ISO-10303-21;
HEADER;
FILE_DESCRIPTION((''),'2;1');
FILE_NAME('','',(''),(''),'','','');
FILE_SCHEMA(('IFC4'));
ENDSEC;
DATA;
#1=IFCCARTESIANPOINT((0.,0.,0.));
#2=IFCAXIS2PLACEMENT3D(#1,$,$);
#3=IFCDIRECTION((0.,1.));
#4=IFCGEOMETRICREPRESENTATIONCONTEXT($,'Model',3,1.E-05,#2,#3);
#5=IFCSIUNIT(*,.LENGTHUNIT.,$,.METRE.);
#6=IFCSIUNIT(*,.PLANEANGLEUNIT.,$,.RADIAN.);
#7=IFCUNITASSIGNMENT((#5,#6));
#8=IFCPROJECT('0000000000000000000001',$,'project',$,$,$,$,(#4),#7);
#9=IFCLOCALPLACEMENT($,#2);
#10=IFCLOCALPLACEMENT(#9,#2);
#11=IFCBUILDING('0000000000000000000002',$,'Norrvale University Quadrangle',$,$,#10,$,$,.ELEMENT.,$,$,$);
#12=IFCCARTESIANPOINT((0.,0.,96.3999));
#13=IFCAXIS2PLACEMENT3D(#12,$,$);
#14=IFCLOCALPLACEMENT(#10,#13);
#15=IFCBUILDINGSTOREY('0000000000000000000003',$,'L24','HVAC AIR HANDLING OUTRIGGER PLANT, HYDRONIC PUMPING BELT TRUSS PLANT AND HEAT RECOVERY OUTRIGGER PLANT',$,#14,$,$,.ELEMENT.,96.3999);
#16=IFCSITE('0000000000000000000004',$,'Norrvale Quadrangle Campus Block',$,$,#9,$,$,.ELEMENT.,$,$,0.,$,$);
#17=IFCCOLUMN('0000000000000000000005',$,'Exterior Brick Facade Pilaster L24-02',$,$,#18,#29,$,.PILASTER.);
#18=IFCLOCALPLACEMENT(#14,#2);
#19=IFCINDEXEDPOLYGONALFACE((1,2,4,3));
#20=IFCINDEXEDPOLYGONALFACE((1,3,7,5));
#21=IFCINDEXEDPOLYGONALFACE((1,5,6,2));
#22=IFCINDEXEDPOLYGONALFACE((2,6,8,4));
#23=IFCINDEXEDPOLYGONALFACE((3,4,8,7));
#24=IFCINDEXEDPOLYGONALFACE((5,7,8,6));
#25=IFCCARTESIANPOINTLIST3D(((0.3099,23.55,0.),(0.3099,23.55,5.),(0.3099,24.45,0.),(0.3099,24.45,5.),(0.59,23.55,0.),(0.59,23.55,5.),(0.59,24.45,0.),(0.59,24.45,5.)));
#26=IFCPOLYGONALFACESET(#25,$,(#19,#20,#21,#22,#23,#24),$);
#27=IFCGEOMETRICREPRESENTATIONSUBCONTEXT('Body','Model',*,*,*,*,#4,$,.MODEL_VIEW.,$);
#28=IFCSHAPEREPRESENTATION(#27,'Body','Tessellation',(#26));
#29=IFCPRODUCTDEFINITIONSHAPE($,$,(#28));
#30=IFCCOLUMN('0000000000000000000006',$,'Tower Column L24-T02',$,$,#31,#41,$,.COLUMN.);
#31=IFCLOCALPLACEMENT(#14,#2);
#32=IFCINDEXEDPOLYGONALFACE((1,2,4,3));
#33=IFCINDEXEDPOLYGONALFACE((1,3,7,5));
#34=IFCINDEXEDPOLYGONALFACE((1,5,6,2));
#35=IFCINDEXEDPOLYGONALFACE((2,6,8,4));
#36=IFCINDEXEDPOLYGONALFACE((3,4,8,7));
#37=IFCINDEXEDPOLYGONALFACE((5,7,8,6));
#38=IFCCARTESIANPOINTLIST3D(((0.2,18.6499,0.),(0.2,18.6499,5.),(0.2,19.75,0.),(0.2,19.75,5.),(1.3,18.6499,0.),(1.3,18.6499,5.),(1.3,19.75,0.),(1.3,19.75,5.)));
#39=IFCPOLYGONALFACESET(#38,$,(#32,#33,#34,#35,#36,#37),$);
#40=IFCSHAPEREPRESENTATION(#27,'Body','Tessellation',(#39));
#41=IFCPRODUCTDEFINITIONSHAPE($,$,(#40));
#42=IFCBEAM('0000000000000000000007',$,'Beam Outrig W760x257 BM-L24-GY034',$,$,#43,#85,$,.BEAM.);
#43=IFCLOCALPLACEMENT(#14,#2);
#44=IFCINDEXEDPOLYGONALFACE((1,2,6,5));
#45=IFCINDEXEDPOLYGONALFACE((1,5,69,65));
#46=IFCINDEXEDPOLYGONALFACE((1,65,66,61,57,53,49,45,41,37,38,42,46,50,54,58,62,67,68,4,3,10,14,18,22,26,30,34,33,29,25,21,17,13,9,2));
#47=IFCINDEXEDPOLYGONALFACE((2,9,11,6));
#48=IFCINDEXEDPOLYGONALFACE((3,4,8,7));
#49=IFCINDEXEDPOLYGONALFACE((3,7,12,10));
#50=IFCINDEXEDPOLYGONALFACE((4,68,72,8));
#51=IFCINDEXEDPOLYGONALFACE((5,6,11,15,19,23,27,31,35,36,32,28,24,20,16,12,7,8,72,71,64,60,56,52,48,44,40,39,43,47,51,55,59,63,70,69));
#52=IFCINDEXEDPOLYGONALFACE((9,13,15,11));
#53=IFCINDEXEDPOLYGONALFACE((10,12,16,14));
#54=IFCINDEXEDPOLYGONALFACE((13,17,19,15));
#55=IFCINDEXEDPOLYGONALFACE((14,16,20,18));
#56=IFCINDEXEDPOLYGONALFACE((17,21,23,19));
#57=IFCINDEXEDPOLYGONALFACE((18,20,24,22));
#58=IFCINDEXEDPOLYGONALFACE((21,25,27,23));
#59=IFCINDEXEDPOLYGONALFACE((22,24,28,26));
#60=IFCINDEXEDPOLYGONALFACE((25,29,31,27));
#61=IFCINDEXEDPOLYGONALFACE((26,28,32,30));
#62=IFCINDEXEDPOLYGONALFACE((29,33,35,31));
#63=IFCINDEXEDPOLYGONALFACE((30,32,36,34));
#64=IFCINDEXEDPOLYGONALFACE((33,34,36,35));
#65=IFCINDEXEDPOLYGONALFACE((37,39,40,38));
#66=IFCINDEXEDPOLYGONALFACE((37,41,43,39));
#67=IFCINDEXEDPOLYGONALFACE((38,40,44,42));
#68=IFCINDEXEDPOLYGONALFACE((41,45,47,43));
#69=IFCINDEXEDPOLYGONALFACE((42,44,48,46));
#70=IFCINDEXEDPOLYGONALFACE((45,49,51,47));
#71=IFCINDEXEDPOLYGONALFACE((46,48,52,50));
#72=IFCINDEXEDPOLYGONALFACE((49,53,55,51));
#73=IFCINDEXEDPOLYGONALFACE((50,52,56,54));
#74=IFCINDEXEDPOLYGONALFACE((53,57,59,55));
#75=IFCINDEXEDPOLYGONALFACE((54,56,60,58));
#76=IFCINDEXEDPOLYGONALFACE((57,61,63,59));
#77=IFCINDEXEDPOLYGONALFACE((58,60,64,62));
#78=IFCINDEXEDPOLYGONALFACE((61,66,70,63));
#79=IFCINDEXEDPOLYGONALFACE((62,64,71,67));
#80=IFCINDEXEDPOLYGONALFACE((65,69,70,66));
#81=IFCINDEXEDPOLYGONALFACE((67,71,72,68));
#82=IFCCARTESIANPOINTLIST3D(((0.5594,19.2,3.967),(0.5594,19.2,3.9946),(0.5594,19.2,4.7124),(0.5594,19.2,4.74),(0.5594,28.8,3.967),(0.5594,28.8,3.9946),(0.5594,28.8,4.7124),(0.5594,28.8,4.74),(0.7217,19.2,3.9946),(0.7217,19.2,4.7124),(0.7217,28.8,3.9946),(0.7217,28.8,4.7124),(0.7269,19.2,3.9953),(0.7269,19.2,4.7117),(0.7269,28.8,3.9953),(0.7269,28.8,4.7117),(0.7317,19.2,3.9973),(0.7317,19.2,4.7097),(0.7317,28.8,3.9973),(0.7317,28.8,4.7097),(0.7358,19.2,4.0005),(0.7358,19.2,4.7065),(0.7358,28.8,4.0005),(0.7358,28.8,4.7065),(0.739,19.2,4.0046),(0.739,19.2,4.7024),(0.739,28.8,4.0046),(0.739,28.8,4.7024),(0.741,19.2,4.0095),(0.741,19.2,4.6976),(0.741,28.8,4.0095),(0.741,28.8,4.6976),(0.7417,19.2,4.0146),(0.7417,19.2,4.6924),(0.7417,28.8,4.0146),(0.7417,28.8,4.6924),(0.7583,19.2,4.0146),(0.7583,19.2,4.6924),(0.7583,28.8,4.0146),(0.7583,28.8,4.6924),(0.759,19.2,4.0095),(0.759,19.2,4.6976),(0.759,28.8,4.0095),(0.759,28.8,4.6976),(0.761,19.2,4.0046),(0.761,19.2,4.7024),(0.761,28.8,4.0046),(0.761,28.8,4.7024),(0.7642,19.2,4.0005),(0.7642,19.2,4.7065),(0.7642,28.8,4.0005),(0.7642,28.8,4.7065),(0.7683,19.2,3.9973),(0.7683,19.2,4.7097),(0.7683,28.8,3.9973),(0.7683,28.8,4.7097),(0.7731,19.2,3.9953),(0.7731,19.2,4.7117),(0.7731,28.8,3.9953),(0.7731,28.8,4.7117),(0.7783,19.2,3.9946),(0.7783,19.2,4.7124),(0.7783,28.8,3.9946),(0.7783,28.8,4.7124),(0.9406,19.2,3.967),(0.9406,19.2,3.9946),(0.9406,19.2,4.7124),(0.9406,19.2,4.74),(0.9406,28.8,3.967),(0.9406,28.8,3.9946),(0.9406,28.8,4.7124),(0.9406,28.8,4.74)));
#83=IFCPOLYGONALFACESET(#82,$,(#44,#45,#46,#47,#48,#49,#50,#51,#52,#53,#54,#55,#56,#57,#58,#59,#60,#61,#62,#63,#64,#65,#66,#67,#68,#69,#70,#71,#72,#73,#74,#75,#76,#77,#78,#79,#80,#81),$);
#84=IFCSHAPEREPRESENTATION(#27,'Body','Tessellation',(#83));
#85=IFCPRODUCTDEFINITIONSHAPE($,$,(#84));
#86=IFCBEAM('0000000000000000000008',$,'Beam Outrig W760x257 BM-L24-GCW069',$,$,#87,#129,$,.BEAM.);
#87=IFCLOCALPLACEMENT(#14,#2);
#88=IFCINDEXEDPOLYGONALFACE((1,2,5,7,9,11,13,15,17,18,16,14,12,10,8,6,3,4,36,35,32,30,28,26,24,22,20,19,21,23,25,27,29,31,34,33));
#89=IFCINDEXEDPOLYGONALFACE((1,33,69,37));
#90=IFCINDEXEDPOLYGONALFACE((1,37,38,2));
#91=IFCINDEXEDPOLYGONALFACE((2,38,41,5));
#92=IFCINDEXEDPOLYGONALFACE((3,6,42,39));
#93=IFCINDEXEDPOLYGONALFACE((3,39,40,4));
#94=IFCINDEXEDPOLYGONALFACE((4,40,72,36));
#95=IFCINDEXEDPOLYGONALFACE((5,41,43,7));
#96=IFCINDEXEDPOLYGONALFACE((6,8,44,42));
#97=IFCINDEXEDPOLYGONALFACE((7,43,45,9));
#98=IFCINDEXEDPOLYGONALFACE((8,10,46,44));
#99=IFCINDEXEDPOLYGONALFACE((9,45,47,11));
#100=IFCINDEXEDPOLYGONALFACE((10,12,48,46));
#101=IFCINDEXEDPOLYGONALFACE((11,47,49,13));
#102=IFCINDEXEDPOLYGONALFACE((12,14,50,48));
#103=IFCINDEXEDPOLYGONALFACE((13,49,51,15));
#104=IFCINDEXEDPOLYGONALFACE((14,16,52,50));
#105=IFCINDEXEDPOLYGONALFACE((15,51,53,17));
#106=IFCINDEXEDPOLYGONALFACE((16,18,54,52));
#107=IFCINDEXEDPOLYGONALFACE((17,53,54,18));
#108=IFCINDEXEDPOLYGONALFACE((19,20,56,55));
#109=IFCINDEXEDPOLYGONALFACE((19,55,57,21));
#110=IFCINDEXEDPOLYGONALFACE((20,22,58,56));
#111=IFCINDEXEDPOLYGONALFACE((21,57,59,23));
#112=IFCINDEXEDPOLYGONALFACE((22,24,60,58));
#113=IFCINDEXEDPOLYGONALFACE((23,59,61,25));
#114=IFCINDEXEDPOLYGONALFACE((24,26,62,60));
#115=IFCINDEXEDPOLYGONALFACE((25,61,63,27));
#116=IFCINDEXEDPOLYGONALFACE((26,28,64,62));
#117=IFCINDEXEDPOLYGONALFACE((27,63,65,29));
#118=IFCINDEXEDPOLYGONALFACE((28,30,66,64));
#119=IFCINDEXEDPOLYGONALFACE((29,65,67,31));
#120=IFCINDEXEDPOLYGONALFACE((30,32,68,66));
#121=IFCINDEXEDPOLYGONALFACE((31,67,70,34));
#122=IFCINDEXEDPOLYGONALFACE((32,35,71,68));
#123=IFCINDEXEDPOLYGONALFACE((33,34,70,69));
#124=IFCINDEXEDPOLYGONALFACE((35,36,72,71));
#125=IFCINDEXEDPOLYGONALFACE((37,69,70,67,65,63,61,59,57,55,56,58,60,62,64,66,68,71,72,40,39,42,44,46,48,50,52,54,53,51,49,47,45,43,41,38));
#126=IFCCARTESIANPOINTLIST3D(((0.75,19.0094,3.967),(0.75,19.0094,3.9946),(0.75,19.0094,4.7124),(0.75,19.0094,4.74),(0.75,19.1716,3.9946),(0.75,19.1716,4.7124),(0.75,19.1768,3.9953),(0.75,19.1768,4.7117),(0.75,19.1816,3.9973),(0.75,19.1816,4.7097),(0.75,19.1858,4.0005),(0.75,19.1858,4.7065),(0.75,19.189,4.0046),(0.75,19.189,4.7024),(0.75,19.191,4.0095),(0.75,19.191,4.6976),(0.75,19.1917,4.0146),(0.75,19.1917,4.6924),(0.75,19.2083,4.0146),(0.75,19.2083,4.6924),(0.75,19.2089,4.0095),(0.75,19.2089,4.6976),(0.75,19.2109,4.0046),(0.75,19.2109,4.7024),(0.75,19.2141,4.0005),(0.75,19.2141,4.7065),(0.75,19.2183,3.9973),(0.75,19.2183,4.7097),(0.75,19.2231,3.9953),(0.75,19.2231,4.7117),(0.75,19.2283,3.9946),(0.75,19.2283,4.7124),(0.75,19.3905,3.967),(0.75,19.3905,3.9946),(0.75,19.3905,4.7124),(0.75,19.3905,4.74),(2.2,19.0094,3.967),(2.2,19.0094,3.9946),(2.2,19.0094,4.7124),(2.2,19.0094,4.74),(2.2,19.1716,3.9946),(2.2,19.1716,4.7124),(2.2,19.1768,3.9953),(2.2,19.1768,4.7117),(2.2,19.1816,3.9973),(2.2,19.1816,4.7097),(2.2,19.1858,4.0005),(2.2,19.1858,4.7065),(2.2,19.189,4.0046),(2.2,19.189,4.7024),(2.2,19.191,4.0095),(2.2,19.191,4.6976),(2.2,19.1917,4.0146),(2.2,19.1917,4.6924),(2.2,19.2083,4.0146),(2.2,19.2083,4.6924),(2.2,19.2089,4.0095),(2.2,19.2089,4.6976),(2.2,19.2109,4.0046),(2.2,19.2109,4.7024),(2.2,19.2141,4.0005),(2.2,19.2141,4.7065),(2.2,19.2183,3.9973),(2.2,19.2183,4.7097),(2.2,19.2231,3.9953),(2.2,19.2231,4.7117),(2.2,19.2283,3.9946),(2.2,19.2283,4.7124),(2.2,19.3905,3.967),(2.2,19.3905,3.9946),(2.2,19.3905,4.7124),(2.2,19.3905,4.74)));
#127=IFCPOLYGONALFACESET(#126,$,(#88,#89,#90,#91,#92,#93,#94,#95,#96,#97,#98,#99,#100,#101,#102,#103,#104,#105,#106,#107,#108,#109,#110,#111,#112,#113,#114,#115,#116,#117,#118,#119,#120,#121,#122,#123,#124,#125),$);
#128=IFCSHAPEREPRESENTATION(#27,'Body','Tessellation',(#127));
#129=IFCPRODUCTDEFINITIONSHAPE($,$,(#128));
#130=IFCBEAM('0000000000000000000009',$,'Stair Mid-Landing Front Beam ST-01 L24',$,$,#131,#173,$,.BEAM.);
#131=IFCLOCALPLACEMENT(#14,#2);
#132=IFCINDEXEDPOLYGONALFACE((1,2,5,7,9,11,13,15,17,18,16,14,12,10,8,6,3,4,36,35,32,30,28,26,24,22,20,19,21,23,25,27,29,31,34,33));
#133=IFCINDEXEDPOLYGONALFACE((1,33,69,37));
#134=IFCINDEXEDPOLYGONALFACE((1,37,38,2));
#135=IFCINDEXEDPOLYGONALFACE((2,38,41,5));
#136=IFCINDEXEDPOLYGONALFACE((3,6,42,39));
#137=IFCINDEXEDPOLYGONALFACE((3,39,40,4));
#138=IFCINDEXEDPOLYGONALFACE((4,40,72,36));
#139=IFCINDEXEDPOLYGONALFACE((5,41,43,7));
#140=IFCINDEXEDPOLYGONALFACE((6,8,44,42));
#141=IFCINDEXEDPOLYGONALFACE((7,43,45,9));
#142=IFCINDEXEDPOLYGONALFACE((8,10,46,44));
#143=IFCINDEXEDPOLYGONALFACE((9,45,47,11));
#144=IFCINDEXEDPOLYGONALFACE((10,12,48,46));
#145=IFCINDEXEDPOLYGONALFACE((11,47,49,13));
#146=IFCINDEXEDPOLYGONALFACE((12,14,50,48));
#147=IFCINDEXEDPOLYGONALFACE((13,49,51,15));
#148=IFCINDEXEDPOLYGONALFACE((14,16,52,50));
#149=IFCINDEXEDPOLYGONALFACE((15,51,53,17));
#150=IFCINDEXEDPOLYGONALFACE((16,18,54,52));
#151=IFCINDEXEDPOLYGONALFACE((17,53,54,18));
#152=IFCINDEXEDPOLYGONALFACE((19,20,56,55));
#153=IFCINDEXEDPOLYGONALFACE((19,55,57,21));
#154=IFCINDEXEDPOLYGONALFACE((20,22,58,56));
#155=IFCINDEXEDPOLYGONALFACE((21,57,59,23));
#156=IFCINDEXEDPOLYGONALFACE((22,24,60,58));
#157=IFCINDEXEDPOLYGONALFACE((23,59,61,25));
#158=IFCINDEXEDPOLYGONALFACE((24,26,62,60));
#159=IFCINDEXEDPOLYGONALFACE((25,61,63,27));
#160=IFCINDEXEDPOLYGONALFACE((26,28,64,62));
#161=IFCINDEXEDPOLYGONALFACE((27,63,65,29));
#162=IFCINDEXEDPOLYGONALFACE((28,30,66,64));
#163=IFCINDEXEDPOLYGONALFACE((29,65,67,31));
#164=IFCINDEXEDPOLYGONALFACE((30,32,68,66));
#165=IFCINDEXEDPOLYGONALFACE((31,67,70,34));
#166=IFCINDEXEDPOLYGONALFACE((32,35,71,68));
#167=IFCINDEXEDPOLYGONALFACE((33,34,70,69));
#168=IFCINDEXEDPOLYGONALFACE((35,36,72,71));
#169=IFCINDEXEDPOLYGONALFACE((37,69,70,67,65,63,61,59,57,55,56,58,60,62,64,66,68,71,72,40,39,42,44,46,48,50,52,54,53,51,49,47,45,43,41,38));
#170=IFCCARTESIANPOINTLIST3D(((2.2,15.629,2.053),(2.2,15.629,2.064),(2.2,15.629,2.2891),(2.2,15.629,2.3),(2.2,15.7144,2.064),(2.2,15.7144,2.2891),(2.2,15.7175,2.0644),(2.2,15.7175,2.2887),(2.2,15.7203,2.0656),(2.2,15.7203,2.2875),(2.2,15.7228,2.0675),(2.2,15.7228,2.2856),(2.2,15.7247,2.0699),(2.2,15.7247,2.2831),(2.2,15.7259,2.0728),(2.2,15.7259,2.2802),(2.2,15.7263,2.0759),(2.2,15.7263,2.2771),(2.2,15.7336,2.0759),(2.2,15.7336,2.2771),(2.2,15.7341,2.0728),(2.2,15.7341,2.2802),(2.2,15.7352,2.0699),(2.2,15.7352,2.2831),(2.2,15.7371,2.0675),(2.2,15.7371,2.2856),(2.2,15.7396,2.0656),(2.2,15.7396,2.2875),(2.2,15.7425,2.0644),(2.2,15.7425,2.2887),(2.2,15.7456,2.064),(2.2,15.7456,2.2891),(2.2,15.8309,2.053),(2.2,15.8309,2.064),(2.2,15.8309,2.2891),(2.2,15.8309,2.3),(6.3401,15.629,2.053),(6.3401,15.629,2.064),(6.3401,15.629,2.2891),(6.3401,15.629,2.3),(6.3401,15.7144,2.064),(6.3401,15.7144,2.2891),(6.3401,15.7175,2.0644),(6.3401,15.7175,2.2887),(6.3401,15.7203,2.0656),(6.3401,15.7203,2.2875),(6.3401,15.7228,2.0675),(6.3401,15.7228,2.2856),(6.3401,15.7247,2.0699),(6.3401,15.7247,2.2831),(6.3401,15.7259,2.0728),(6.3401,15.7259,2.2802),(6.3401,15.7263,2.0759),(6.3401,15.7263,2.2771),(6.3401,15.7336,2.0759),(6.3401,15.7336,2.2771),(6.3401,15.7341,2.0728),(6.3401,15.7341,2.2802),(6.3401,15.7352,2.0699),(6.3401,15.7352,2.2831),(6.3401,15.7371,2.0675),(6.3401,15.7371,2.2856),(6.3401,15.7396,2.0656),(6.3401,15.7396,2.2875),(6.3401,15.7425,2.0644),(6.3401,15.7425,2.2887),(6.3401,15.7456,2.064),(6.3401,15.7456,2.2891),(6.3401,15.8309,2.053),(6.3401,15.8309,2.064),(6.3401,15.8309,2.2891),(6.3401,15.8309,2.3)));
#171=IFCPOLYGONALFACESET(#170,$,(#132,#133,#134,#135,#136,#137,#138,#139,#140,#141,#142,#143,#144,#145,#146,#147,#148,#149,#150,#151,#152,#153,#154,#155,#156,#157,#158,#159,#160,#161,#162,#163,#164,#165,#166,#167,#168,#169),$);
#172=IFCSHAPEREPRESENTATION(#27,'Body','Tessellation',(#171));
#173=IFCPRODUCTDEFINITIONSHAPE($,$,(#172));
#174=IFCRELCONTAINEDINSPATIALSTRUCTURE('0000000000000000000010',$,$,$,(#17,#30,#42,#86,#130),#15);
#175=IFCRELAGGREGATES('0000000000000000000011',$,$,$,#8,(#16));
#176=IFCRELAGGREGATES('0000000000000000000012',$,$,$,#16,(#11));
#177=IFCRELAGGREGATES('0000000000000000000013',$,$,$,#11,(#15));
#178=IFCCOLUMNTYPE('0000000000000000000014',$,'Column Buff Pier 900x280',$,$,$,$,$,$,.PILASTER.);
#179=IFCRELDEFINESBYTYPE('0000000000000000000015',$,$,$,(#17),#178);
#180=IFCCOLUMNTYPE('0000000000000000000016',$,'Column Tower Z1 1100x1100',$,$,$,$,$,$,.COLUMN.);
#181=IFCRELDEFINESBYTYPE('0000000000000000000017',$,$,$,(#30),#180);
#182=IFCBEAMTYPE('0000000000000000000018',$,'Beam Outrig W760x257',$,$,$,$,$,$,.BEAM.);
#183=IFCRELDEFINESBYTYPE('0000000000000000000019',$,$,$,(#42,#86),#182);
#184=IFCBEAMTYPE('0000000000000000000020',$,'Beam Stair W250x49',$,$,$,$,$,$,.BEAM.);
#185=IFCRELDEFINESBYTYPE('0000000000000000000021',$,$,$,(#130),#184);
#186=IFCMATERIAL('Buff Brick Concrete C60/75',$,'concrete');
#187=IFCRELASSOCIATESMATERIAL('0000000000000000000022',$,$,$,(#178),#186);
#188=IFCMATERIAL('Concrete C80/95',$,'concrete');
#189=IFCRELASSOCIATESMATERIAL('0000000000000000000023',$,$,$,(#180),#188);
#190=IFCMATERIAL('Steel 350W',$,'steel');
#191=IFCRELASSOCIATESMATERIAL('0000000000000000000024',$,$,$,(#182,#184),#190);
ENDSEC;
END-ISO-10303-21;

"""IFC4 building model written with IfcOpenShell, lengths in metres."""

from ifc_helpers import new_model, si_unit, direction, frame, origin, origin_2d, place, context, subcontext, project, spatial, rectangle, i_section, extrude, material, material_profile, profile_set, type_object, element, save


model = new_model("IFC4")

# Units and contexts
model_context = context("Model", 3, precision=1e-05, world=origin(), true_north=direction((0.0, 1.0)))
body_context = subcontext(model_context, "Body", "Model", "MODEL_VIEW")
ifc_project = project(units=[si_unit("LENGTHUNIT", "METRE"), si_unit("PLANEANGLEUNIT", "RADIAN")], contexts=[model_context])

# Site, building, storey
site_placement = place(None, origin())
site = spatial("IfcSite", under=ifc_project, at=site_placement, Name="Norrvale Quadrangle Campus Block", CompositionType="ELEMENT", RefElevation=0.0)
building_placement = place(site_placement, origin())
building = spatial("IfcBuilding", under=site, at=building_placement, Name="Norrvale University Quadrangle", CompositionType="ELEMENT")
storey_placement = place(building_placement, frame((0.0, 0.0, 96.3999)))
storey = spatial("IfcBuildingStorey", under=building, at=storey_placement, Name="L24", Description="HVAC AIR HANDLING OUTRIGGER PLANT, HYDRONIC PUMPING BELT TRUSS PLANT AND HEAT RECOVERY OUTRIGGER PLANT", CompositionType="ELEMENT", Elevation=96.3999)

# Columns
ifc_material_1 = material(Name="Buff Brick Concrete C60/75", Category="concrete")
ifc_material_profile_1 = material_profile(ifc_material_1, rectangle(XDim=0.8999, YDim=0.28, at=origin_2d()), Name="Buff Brick Concrete C60/75")
ifc_profile_set_1 = profile_set([ifc_material_profile_1], Name="Buff Brick Concrete C60/75")
column_type_1 = type_object("IfcColumnType", Name="Column Buff Pier 900x280", PredefinedType="PILASTER", material=ifc_profile_set_1)
column_1_placement = place(storey_placement, frame((0.45, 24.0, 0.0), z_axis=(0.0, 0.0, 1.0), x_axis=(0.0, 1.0, 0.0)))
element("IfcColumn", 1, at=column_1_placement, inside=storey, type_object=column_type_1, Name="Exterior Brick Facade Pilaster L24-02", PredefinedType="PILASTER", context=body_context, shape_type="SweptSolid", body=[
    extrude(rectangle(XDim=0.8999, YDim=0.28, at=origin_2d()), origin(), (0.0, 0.0, 1.0), 5.0),
])
ifc_material_2 = material(Name="Concrete C80/95", Category="concrete")
ifc_material_profile_2 = material_profile(ifc_material_2, rectangle(XDim=1.1001, YDim=1.1001, at=origin_2d()), Name="Concrete C80/95")
ifc_profile_set_2 = profile_set([ifc_material_profile_2], Name="Concrete C80/95")
column_type_2 = type_object("IfcColumnType", Name="Column Tower Z1 1100x1100", PredefinedType="COLUMN", material=ifc_profile_set_2)
column_2_placement = place(storey_placement, frame((0.75, 19.2, 0.0), z_axis=(0.0, 0.0, 1.0), x_axis=(1.0, 0.0, 0.0)))
element("IfcColumn", 2, at=column_2_placement, inside=storey, type_object=column_type_2, Name="Tower Column L24-T02", PredefinedType="COLUMN", context=body_context, shape_type="SweptSolid", body=[
    extrude(rectangle(XDim=1.1001, YDim=1.1001, at=origin_2d()), origin(), (0.0, 0.0, 1.0), 5.0),
])

# Beams
ifc_material_3 = material(Name="Steel 350W", Category="steel")
ifc_material_profile_3 = material_profile(ifc_material_3, i_section(OverallWidth=0.3811, OverallDepth=0.7729, WebThickness=0.0166, FlangeThickness=0.0276, FilletRadius=0.02, at=origin_2d()), Name="Steel 350W")
ifc_profile_set_3 = profile_set([ifc_material_profile_3], Name="Steel 350W")
beam_type_1 = type_object("IfcBeamType", Name="Beam Outrig W760x257", PredefinedType="BEAM", material=ifc_profile_set_3)
beam_1_placement = place(storey_placement, frame((0.75, 19.2, 4.3535), z_axis=(0.0, 1.0, 0.0), x_axis=(-1.0, 0.0, 0.0)))
element("IfcBeam", 3, at=beam_1_placement, inside=storey, type_object=beam_type_1, Name="Beam Outrig W760x257 BM-L24-GY034", PredefinedType="BEAM", context=body_context, shape_type="SweptSolid", body=[
    extrude(i_section(OverallWidth=0.3811, OverallDepth=0.7729, WebThickness=0.0166, FlangeThickness=0.0276, FilletRadius=0.02, at=origin_2d()), origin(), (0.0, 0.0, 1.0), 9.6001),
])
beam_2_placement = place(storey_placement, frame((0.75, 19.2, 4.3535), z_axis=(1.0, 0.0, 0.0), x_axis=(0.0, 1.0, 0.0)))
element("IfcBeam", 4, at=beam_2_placement, inside=storey, type_object=beam_type_1, Name="Beam Outrig W760x257 BM-L24-GCW069", PredefinedType="BEAM", context=body_context, shape_type="SweptSolid", body=[
    extrude(i_section(OverallWidth=0.3811, OverallDepth=0.7729, WebThickness=0.0166, FlangeThickness=0.0276, FilletRadius=0.02, at=origin_2d()), origin(), (0.0, 0.0, 1.0), 1.45),
])
ifc_material_profile_4 = material_profile(ifc_material_3, i_section(OverallWidth=0.2019, OverallDepth=0.2471, WebThickness=0.0073, FlangeThickness=0.011, FilletRadius=0.012, at=origin_2d()), Name="Steel 350W")
ifc_profile_set_4 = profile_set([ifc_material_profile_4], Name="Steel 350W")
beam_type_2 = type_object("IfcBeamType", Name="Beam Stair W250x49", PredefinedType="BEAM", material=ifc_profile_set_4)
for number, where, z_axis, x_axis, name in (
    (5, (2.2, 15.73, 2.1765), (1.0, 0.0, 0.0), (0.0, 1.0, 0.0), "Stair Mid-Landing Front Beam ST-01 L24"),
):
    element("IfcBeam", number, at=place(storey_placement, frame(where, z_axis=z_axis, x_axis=x_axis)), inside=storey, type_object=beam_type_2, Name=name, PredefinedType="BEAM", context=body_context, shape_type="SweptSolid", body=[
        extrude(i_section(OverallWidth=0.2019, OverallDepth=0.2471, WebThickness=0.0073, FlangeThickness=0.011, FilletRadius=0.012, at=origin_2d()), origin(), (0.0, 0.0, 1.0), 4.1401),
    ])

save(model, "model.ifc")
